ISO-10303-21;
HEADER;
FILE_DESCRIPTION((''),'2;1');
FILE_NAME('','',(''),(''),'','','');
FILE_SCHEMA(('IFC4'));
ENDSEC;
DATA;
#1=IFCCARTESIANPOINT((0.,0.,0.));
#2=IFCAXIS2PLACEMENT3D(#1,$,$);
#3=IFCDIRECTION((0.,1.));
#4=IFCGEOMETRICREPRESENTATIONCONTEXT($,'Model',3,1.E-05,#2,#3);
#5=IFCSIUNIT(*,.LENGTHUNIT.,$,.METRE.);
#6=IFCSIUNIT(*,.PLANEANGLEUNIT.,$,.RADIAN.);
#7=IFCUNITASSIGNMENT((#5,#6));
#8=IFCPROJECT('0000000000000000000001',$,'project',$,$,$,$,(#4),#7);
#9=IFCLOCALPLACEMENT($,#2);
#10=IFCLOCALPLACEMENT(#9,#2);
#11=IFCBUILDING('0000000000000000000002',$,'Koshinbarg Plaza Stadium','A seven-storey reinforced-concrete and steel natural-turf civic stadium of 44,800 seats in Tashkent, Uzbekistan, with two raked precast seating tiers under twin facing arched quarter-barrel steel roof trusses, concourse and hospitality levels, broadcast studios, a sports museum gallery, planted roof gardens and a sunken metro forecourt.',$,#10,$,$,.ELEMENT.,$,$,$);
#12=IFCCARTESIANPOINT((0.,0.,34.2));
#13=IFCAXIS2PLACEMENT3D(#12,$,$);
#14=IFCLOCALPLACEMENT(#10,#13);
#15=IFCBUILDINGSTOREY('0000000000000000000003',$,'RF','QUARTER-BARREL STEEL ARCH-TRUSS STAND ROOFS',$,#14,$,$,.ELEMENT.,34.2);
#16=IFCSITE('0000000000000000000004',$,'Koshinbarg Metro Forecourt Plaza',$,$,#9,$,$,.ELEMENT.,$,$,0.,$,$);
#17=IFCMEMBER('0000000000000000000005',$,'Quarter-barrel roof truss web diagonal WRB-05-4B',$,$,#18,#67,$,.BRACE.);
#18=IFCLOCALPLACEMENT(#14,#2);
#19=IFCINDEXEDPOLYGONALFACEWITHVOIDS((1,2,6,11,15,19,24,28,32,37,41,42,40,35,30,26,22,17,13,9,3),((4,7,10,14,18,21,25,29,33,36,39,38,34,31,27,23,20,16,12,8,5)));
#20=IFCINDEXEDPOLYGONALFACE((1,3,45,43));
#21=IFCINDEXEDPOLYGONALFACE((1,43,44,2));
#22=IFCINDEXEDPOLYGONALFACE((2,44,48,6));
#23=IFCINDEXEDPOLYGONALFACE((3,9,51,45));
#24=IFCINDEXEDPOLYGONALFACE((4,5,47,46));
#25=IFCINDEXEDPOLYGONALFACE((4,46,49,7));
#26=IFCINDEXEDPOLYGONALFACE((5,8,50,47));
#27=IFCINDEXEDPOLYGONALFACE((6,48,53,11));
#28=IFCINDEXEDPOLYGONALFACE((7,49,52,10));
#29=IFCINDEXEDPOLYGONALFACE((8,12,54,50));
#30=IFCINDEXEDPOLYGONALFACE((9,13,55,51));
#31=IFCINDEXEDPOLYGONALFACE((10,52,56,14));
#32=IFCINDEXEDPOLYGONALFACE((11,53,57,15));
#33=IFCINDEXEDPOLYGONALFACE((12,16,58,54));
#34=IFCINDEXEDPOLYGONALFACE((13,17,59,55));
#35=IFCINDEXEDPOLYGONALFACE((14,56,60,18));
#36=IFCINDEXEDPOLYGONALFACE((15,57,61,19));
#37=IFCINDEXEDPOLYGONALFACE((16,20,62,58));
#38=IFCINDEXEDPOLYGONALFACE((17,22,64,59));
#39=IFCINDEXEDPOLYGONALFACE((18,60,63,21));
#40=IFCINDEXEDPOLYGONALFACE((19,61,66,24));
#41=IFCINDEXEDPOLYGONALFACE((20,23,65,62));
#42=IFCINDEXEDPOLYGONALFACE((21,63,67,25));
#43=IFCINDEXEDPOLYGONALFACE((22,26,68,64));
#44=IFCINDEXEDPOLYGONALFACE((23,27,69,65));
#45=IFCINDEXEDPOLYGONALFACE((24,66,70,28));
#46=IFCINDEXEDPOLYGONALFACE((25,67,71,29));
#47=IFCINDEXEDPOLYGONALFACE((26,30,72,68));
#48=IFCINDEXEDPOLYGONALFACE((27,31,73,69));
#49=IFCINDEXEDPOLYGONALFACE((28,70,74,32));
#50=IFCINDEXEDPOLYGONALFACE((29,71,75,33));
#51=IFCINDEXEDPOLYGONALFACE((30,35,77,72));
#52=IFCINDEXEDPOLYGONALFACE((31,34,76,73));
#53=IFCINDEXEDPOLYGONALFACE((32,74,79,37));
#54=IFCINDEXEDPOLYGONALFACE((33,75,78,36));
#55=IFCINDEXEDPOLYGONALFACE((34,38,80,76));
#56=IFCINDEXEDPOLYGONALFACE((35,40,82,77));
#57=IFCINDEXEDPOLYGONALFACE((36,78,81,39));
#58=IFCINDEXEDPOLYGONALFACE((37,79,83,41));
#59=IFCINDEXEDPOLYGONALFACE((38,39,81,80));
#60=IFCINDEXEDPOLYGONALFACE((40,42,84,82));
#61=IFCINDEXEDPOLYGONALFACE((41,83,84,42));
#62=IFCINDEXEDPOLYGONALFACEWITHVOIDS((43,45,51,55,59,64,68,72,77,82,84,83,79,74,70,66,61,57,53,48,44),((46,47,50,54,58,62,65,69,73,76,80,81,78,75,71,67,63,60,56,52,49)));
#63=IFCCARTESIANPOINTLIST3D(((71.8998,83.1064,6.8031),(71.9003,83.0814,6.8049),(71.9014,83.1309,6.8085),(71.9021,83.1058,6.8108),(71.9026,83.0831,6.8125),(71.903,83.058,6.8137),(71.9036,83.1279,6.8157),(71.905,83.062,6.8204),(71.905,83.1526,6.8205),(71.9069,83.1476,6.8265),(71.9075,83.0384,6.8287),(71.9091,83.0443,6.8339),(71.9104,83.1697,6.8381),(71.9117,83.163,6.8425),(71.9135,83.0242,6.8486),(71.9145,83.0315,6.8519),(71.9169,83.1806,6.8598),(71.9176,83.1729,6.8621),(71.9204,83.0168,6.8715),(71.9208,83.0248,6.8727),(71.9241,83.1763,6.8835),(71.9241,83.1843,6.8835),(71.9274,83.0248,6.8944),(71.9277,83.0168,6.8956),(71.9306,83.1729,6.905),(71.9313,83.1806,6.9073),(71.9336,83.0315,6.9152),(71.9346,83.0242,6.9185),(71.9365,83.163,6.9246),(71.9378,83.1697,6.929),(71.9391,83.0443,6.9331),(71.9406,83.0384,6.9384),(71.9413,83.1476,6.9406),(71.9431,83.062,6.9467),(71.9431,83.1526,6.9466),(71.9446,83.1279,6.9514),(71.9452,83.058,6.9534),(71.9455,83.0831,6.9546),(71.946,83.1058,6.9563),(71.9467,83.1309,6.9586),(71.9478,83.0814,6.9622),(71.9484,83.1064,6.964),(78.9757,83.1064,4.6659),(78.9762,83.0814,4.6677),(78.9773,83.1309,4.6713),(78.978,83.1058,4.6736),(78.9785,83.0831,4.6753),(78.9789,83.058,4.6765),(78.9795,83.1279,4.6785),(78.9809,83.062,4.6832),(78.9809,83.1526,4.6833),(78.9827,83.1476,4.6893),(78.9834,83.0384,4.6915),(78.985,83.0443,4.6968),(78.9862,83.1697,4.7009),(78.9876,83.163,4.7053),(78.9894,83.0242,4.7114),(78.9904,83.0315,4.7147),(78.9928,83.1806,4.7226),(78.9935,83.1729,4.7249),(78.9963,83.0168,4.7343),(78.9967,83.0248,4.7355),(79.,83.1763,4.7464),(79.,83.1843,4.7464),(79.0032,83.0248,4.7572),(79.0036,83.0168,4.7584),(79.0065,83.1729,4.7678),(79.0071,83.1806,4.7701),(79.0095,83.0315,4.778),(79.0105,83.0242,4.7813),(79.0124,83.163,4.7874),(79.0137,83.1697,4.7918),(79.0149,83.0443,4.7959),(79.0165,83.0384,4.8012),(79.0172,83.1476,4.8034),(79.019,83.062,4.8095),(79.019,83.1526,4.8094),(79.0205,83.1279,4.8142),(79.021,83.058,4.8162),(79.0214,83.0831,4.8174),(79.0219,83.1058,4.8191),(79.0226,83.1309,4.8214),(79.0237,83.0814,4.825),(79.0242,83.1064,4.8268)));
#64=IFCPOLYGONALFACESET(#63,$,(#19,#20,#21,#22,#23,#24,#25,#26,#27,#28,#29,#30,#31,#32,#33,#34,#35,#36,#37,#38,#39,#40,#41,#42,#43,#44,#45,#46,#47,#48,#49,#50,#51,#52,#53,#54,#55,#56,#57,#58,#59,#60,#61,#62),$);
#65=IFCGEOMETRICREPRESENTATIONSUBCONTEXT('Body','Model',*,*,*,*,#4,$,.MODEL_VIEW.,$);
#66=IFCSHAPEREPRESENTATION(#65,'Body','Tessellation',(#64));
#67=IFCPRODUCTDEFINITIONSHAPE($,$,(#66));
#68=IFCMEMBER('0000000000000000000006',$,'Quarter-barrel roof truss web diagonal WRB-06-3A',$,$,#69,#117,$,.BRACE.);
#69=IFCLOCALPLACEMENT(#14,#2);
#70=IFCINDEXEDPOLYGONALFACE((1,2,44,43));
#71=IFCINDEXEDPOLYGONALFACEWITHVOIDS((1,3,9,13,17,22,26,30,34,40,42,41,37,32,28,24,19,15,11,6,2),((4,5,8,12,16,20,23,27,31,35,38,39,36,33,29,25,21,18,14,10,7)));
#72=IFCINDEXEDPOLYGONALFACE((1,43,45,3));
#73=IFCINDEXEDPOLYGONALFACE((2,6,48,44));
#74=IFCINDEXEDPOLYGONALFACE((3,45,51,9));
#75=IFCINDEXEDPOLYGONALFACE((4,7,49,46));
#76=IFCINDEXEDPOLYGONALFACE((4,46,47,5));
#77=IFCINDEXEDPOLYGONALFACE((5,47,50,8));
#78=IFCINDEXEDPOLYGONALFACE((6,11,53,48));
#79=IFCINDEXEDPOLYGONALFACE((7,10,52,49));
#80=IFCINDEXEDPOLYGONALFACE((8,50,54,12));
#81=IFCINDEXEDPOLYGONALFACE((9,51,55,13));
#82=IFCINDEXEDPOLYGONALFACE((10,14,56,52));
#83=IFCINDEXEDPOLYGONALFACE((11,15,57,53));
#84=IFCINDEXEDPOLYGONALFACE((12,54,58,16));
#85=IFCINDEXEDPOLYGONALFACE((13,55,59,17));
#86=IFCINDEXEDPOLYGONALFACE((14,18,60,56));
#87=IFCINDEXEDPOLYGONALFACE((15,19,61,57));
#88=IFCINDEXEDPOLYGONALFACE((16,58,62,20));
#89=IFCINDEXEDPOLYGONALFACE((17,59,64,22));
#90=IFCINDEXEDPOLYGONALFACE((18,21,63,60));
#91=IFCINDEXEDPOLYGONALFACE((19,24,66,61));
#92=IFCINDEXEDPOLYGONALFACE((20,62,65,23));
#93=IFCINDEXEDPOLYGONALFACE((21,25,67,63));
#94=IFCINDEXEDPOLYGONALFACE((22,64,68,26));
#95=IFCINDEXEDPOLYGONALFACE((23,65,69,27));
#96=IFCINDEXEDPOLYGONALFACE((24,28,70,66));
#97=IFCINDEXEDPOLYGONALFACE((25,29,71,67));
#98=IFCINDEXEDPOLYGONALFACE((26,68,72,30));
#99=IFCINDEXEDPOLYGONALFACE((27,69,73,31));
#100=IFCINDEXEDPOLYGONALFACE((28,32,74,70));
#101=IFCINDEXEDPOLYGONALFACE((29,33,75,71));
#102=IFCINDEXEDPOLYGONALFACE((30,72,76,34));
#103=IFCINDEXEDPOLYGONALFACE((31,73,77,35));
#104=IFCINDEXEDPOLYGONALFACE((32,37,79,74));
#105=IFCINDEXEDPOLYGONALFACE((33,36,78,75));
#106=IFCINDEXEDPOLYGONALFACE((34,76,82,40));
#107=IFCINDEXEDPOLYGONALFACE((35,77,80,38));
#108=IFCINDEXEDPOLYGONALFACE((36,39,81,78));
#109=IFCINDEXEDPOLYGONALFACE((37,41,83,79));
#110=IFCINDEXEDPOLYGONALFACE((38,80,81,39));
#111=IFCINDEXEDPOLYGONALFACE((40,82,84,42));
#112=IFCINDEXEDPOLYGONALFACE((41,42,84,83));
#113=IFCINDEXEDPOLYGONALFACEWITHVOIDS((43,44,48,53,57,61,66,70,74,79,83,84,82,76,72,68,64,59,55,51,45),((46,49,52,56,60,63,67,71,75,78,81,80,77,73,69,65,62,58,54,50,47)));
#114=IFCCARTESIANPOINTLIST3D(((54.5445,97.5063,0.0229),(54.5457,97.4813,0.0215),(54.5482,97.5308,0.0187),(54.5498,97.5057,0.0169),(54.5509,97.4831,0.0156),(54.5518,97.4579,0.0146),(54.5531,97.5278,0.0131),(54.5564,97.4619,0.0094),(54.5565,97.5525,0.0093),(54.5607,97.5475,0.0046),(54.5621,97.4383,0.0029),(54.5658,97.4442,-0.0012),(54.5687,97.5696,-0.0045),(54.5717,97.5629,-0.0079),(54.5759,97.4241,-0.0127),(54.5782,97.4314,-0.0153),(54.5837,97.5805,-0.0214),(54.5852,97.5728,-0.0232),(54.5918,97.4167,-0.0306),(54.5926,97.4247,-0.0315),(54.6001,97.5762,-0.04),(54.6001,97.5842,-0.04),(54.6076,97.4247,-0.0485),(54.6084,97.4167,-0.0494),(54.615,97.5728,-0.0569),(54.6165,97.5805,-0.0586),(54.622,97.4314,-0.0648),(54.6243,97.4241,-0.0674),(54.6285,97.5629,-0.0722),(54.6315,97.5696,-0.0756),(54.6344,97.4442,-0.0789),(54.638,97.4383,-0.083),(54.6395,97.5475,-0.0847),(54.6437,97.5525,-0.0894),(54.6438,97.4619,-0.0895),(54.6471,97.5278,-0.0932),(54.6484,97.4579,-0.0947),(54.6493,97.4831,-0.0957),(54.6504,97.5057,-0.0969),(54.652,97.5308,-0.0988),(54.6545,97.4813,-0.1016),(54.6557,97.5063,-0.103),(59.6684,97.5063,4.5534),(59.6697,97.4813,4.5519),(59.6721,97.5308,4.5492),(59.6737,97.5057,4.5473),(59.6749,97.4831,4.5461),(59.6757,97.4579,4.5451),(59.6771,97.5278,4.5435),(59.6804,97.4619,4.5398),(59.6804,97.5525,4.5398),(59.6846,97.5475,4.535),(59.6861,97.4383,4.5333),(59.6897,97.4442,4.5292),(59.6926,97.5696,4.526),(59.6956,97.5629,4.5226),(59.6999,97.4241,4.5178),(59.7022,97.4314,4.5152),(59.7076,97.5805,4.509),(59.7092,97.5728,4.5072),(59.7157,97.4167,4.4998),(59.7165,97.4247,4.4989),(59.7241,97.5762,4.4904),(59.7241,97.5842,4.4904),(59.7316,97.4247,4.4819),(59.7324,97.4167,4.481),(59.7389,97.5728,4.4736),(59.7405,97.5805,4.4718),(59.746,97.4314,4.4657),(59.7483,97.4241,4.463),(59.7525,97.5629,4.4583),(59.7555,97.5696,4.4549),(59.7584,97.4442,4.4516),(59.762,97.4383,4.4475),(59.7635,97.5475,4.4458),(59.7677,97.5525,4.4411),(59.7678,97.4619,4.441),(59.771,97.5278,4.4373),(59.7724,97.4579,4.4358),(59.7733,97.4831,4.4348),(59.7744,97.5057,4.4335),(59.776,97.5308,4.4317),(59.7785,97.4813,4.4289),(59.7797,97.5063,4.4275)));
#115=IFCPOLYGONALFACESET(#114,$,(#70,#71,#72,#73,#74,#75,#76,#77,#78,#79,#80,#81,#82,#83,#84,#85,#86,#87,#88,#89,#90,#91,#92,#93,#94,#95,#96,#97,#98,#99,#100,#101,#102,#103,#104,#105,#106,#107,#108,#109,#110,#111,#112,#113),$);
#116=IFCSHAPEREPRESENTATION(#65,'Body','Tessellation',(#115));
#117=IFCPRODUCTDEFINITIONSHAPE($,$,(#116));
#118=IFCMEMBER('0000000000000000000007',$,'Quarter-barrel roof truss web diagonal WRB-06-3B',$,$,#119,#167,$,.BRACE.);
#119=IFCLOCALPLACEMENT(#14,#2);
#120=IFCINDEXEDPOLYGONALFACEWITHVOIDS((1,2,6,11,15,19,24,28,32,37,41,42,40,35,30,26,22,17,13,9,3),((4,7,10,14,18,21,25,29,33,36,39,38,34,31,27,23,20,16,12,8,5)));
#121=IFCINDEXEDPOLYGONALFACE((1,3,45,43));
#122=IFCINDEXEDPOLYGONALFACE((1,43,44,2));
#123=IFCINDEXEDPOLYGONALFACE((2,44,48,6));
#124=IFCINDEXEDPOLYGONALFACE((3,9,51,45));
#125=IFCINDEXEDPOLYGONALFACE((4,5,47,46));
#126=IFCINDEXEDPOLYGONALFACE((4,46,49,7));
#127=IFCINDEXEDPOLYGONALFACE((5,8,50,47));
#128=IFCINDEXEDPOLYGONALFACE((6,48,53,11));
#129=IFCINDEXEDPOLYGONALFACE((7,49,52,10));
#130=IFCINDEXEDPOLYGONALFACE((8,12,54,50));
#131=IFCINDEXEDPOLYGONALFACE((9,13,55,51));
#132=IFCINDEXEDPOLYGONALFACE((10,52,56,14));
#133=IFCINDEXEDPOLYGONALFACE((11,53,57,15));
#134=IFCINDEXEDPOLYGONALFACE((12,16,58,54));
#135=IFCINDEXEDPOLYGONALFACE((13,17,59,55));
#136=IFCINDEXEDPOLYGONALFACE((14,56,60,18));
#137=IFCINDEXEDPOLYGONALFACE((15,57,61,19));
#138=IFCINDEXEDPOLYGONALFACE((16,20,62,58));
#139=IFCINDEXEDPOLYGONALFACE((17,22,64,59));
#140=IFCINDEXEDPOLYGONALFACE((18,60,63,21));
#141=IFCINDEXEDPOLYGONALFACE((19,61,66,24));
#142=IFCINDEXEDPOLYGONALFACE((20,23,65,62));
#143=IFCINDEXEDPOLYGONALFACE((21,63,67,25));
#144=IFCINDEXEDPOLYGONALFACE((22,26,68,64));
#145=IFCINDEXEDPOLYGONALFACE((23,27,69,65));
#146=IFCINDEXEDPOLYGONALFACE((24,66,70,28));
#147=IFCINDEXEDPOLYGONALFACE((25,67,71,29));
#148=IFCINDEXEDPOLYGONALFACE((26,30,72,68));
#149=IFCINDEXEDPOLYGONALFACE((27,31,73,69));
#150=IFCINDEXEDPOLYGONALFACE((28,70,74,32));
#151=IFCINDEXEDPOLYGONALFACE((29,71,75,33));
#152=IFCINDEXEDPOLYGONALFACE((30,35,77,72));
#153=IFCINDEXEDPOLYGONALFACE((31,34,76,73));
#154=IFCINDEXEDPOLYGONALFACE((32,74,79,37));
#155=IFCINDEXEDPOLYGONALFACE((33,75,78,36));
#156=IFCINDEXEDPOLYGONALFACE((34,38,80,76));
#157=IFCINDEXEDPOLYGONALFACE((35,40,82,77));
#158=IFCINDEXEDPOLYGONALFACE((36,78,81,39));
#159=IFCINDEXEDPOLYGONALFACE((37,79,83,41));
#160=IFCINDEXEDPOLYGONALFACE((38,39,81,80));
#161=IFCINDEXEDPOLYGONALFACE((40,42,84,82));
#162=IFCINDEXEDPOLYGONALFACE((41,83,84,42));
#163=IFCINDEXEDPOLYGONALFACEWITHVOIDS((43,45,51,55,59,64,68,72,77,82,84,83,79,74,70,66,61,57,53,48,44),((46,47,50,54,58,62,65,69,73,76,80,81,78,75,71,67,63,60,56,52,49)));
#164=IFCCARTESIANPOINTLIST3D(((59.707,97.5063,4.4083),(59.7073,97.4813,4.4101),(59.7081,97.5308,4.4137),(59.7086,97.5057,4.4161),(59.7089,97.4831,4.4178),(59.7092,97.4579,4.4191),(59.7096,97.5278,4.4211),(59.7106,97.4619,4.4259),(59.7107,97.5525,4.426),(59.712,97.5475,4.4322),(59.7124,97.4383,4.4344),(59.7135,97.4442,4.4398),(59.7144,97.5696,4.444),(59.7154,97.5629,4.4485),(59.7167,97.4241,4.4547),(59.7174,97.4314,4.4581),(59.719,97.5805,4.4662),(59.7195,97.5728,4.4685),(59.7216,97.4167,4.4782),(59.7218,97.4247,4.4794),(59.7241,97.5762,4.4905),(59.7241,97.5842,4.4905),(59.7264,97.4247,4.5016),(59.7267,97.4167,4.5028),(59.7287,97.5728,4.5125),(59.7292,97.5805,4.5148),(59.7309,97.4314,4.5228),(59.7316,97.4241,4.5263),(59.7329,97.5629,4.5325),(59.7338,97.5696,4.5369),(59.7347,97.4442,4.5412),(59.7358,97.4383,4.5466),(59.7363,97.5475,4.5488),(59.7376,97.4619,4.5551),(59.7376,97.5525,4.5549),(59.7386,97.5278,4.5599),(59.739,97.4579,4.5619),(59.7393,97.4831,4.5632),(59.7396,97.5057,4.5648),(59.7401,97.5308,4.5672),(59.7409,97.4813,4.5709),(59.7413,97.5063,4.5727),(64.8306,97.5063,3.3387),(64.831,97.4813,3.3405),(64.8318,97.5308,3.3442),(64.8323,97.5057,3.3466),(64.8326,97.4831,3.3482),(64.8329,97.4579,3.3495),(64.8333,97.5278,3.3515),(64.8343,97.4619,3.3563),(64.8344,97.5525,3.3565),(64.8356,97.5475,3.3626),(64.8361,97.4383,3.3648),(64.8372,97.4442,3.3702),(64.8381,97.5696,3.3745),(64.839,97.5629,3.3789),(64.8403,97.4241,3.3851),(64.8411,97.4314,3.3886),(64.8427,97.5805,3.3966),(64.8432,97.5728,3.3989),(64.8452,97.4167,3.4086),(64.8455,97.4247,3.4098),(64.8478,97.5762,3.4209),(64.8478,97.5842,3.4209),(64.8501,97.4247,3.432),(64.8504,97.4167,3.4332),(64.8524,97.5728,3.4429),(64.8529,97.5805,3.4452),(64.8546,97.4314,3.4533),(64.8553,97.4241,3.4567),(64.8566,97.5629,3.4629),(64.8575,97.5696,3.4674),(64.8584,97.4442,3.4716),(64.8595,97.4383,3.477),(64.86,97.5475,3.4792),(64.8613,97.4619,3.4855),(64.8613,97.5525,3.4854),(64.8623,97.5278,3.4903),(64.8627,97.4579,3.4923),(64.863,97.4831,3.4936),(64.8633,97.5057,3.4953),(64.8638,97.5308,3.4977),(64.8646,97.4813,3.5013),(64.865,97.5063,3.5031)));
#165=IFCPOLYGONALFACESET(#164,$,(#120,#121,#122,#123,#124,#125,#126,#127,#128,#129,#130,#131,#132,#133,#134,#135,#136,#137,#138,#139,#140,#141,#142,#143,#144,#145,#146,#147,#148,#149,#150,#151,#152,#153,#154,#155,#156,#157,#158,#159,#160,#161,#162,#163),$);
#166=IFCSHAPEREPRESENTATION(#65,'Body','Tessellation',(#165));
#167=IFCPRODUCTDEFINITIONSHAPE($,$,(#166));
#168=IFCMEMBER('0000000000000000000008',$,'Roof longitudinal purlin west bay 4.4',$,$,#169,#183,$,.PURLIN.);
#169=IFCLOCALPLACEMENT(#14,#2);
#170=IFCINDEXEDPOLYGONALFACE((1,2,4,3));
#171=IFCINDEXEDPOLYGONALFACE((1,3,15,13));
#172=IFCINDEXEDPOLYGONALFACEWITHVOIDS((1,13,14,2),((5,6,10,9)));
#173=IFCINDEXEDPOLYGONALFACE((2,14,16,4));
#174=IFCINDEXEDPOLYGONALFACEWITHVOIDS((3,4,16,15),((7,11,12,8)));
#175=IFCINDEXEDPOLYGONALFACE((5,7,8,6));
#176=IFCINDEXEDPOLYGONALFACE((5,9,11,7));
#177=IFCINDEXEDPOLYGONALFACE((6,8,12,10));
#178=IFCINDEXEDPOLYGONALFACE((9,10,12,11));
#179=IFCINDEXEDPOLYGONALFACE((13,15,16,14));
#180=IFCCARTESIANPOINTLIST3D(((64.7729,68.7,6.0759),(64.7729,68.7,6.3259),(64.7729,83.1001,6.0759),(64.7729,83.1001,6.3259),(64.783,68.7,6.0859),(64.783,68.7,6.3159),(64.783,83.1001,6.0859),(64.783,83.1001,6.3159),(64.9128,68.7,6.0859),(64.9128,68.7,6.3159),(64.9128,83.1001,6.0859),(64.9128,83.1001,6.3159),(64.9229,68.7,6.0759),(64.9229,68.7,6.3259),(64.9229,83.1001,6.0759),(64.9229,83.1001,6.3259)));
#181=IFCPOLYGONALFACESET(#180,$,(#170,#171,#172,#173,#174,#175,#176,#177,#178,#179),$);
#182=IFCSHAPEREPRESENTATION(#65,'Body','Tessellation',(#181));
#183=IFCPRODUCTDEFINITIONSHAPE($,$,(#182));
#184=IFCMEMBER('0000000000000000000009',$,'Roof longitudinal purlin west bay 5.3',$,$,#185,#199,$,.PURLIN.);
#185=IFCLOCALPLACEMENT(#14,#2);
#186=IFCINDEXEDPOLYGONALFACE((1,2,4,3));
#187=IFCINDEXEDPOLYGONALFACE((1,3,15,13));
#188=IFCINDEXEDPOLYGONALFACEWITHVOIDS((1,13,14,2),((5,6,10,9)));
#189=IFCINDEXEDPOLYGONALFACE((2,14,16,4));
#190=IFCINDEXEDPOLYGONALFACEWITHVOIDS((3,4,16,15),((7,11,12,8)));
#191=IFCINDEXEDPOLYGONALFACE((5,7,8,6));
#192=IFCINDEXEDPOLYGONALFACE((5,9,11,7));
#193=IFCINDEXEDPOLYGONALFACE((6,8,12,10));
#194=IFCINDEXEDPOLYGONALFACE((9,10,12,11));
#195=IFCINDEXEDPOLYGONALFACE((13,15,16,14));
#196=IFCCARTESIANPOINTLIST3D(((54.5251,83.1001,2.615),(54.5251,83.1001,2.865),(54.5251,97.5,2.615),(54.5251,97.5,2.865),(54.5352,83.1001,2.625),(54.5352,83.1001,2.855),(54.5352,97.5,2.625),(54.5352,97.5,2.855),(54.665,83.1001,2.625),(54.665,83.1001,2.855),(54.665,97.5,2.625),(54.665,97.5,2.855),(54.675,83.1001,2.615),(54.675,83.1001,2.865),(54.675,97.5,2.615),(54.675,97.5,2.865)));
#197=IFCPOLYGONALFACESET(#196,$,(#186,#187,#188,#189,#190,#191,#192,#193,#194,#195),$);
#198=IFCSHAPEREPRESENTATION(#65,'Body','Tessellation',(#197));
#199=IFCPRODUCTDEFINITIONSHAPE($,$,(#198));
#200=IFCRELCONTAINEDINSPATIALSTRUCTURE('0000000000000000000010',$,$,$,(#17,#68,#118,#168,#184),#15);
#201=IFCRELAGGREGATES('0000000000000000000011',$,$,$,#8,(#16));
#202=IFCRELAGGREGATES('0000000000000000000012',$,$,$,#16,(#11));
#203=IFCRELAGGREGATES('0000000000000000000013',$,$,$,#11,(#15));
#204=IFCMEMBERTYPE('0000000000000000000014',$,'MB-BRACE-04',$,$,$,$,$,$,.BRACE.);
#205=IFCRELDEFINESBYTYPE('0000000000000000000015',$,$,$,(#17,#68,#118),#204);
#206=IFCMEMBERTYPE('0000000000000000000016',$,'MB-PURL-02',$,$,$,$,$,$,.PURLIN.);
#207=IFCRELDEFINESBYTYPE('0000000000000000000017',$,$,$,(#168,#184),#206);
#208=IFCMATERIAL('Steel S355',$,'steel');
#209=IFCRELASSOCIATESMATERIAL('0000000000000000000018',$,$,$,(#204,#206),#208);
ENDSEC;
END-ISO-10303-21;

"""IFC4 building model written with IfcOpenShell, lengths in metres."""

from ifc_helpers import new_model, si_unit, direction, frame, origin, origin_2d, place, context, subcontext, project, spatial, hollow_rectangle, hollow_circle, extrude, material, material_profile, profile_set, type_object, element, save


model = new_model("IFC4")

# Units and contexts
model_context = context("Model", 3, precision=1e-05, world=origin(), true_north=direction((0.0, 1.0)))
body_context = subcontext(model_context, "Body", "Model", "MODEL_VIEW")
ifc_project = project(units=[si_unit("LENGTHUNIT", "METRE"), si_unit("PLANEANGLEUNIT", "RADIAN")], contexts=[model_context])

# Site, building, storey
site_placement = place(None, origin())
site = spatial("IfcSite", under=ifc_project, at=site_placement, Name="Koshinbarg Metro Forecourt Plaza", CompositionType="ELEMENT", RefElevation=0.0)
building_placement = place(site_placement, origin())
building = spatial("IfcBuilding", under=site, at=building_placement, Name="Koshinbarg Plaza Stadium", Description="A seven-storey reinforced-concrete and steel natural-turf civic stadium of 44,800 seats in Tashkent, Uzbekistan, with two raked precast seating tiers under twin facing arched quarter-barrel steel roof trusses, concourse and hospitality levels, broadcast studios, a sports museum gallery, planted roof gardens and a sunken metro forecourt.", CompositionType="ELEMENT")
storey_placement = place(building_placement, frame((0.0, 0.0, 34.2)))
storey = spatial("IfcBuildingStorey", under=building, at=storey_placement, Name="RF", Description="QUARTER-BARREL STEEL ARCH-TRUSS STAND ROOFS", CompositionType="ELEMENT", Elevation=34.2)

# Members
ifc_material_1 = material(Name="Steel S355", Category="steel")
ifc_material_profile_1 = material_profile(ifc_material_1, hollow_circle(Radius=0.0842, WallThickness=0.0081, at=origin_2d()), Name="CHS 168.3x8")
ifc_profile_set_1 = profile_set([ifc_material_profile_1], Name="Steel S355")
member_type_1 = type_object("IfcMemberType", Name="MB-BRACE-04", PredefinedType="BRACE", material=ifc_profile_set_1)
member_1_placement = place(storey_placement, frame((71.9241, 83.1001, 6.8835), z_axis=(0.957287, 0.0, -0.289138), x_axis=(0.0, 1.0, 0.0)))
element("IfcMember", 1, at=member_1_placement, inside=storey, type_object=member_type_1, Name="Quarter-barrel roof truss web diagonal WRB-05-4B", PredefinedType="BRACE", context=body_context, shape_type="SweptSolid", body=[
    extrude(hollow_circle(Radius=0.0842, WallThickness=0.0081, at=origin_2d()), origin(), (0.0, 0.0, 1.0), 7.3916),
])
member_2_placement = place(storey_placement, frame((54.6001, 97.5, -0.04), z_axis=(0.749161, 0.0, 0.662387), x_axis=(0.0, 1.0, 0.0)))
element("IfcMember", 2, at=member_2_placement, inside=storey, type_object=member_type_1, Name="Quarter-barrel roof truss web diagonal WRB-06-3A", PredefinedType="BRACE", context=body_context, shape_type="SweptSolid", body=[
    extrude(hollow_circle(Radius=0.0842, WallThickness=0.0081, at=origin_2d()), origin(), (0.0, 0.0, 1.0), 6.8396),
])
member_3_placement = place(storey_placement, frame((59.7241, 97.5, 4.4905), z_axis=(0.978899, 0.0, -0.204344), x_axis=(0.0, 1.0, 0.0)))
element("IfcMember", 3, at=member_3_placement, inside=storey, type_object=member_type_1, Name="Quarter-barrel roof truss web diagonal WRB-06-3B", PredefinedType="BRACE", context=body_context, shape_type="SweptSolid", body=[
    extrude(hollow_circle(Radius=0.0842, WallThickness=0.0081, at=origin_2d()), origin(), (0.0, 0.0, 1.0), 5.2341),
])
ifc_material_profile_2 = material_profile(ifc_material_1, hollow_rectangle(XDim=0.1499, YDim=0.25, WallThickness=0.01, at=origin_2d()), Name="RHS 250x150x10")
ifc_profile_set_2 = profile_set([ifc_material_profile_2], Name="Steel S355")
member_type_2 = type_object("IfcMemberType", Name="MB-PURL-02", PredefinedType="PURLIN", material=ifc_profile_set_2)
member_4_placement = place(storey_placement, frame((64.8479, 68.7, 6.2009), z_axis=(0.0, 1.0, 0.0), x_axis=(-1.0, 0.0, 0.0)))
element("IfcMember", 4, at=member_4_placement, inside=storey, type_object=member_type_2, Name="Roof longitudinal purlin west bay 4.4", PredefinedType="PURLIN", context=body_context, shape_type="SweptSolid", body=[
    extrude(hollow_rectangle(XDim=0.1499, YDim=0.25, WallThickness=0.01, at=origin_2d()), origin(), (0.0, 0.0, 1.0), 14.4001),
])
for number, where, z_axis, x_axis, name in (
    (5, (54.6001, 83.1001, 2.74), (0.0, 1.0, 0.0), (-1.0, 0.0, 0.0), "Roof longitudinal purlin west bay 5.3"),
):
    element("IfcMember", number, at=place(storey_placement, frame(where, z_axis=z_axis, x_axis=x_axis)), inside=storey, type_object=member_type_2, Name=name, PredefinedType="PURLIN", context=body_context, shape_type="SweptSolid", body=[
        extrude(hollow_rectangle(XDim=0.1499, YDim=0.25, WallThickness=0.01, at=origin_2d()), origin(), (0.0, 0.0, 1.0), 14.3999),
    ])

save(model, "model.ifc")
